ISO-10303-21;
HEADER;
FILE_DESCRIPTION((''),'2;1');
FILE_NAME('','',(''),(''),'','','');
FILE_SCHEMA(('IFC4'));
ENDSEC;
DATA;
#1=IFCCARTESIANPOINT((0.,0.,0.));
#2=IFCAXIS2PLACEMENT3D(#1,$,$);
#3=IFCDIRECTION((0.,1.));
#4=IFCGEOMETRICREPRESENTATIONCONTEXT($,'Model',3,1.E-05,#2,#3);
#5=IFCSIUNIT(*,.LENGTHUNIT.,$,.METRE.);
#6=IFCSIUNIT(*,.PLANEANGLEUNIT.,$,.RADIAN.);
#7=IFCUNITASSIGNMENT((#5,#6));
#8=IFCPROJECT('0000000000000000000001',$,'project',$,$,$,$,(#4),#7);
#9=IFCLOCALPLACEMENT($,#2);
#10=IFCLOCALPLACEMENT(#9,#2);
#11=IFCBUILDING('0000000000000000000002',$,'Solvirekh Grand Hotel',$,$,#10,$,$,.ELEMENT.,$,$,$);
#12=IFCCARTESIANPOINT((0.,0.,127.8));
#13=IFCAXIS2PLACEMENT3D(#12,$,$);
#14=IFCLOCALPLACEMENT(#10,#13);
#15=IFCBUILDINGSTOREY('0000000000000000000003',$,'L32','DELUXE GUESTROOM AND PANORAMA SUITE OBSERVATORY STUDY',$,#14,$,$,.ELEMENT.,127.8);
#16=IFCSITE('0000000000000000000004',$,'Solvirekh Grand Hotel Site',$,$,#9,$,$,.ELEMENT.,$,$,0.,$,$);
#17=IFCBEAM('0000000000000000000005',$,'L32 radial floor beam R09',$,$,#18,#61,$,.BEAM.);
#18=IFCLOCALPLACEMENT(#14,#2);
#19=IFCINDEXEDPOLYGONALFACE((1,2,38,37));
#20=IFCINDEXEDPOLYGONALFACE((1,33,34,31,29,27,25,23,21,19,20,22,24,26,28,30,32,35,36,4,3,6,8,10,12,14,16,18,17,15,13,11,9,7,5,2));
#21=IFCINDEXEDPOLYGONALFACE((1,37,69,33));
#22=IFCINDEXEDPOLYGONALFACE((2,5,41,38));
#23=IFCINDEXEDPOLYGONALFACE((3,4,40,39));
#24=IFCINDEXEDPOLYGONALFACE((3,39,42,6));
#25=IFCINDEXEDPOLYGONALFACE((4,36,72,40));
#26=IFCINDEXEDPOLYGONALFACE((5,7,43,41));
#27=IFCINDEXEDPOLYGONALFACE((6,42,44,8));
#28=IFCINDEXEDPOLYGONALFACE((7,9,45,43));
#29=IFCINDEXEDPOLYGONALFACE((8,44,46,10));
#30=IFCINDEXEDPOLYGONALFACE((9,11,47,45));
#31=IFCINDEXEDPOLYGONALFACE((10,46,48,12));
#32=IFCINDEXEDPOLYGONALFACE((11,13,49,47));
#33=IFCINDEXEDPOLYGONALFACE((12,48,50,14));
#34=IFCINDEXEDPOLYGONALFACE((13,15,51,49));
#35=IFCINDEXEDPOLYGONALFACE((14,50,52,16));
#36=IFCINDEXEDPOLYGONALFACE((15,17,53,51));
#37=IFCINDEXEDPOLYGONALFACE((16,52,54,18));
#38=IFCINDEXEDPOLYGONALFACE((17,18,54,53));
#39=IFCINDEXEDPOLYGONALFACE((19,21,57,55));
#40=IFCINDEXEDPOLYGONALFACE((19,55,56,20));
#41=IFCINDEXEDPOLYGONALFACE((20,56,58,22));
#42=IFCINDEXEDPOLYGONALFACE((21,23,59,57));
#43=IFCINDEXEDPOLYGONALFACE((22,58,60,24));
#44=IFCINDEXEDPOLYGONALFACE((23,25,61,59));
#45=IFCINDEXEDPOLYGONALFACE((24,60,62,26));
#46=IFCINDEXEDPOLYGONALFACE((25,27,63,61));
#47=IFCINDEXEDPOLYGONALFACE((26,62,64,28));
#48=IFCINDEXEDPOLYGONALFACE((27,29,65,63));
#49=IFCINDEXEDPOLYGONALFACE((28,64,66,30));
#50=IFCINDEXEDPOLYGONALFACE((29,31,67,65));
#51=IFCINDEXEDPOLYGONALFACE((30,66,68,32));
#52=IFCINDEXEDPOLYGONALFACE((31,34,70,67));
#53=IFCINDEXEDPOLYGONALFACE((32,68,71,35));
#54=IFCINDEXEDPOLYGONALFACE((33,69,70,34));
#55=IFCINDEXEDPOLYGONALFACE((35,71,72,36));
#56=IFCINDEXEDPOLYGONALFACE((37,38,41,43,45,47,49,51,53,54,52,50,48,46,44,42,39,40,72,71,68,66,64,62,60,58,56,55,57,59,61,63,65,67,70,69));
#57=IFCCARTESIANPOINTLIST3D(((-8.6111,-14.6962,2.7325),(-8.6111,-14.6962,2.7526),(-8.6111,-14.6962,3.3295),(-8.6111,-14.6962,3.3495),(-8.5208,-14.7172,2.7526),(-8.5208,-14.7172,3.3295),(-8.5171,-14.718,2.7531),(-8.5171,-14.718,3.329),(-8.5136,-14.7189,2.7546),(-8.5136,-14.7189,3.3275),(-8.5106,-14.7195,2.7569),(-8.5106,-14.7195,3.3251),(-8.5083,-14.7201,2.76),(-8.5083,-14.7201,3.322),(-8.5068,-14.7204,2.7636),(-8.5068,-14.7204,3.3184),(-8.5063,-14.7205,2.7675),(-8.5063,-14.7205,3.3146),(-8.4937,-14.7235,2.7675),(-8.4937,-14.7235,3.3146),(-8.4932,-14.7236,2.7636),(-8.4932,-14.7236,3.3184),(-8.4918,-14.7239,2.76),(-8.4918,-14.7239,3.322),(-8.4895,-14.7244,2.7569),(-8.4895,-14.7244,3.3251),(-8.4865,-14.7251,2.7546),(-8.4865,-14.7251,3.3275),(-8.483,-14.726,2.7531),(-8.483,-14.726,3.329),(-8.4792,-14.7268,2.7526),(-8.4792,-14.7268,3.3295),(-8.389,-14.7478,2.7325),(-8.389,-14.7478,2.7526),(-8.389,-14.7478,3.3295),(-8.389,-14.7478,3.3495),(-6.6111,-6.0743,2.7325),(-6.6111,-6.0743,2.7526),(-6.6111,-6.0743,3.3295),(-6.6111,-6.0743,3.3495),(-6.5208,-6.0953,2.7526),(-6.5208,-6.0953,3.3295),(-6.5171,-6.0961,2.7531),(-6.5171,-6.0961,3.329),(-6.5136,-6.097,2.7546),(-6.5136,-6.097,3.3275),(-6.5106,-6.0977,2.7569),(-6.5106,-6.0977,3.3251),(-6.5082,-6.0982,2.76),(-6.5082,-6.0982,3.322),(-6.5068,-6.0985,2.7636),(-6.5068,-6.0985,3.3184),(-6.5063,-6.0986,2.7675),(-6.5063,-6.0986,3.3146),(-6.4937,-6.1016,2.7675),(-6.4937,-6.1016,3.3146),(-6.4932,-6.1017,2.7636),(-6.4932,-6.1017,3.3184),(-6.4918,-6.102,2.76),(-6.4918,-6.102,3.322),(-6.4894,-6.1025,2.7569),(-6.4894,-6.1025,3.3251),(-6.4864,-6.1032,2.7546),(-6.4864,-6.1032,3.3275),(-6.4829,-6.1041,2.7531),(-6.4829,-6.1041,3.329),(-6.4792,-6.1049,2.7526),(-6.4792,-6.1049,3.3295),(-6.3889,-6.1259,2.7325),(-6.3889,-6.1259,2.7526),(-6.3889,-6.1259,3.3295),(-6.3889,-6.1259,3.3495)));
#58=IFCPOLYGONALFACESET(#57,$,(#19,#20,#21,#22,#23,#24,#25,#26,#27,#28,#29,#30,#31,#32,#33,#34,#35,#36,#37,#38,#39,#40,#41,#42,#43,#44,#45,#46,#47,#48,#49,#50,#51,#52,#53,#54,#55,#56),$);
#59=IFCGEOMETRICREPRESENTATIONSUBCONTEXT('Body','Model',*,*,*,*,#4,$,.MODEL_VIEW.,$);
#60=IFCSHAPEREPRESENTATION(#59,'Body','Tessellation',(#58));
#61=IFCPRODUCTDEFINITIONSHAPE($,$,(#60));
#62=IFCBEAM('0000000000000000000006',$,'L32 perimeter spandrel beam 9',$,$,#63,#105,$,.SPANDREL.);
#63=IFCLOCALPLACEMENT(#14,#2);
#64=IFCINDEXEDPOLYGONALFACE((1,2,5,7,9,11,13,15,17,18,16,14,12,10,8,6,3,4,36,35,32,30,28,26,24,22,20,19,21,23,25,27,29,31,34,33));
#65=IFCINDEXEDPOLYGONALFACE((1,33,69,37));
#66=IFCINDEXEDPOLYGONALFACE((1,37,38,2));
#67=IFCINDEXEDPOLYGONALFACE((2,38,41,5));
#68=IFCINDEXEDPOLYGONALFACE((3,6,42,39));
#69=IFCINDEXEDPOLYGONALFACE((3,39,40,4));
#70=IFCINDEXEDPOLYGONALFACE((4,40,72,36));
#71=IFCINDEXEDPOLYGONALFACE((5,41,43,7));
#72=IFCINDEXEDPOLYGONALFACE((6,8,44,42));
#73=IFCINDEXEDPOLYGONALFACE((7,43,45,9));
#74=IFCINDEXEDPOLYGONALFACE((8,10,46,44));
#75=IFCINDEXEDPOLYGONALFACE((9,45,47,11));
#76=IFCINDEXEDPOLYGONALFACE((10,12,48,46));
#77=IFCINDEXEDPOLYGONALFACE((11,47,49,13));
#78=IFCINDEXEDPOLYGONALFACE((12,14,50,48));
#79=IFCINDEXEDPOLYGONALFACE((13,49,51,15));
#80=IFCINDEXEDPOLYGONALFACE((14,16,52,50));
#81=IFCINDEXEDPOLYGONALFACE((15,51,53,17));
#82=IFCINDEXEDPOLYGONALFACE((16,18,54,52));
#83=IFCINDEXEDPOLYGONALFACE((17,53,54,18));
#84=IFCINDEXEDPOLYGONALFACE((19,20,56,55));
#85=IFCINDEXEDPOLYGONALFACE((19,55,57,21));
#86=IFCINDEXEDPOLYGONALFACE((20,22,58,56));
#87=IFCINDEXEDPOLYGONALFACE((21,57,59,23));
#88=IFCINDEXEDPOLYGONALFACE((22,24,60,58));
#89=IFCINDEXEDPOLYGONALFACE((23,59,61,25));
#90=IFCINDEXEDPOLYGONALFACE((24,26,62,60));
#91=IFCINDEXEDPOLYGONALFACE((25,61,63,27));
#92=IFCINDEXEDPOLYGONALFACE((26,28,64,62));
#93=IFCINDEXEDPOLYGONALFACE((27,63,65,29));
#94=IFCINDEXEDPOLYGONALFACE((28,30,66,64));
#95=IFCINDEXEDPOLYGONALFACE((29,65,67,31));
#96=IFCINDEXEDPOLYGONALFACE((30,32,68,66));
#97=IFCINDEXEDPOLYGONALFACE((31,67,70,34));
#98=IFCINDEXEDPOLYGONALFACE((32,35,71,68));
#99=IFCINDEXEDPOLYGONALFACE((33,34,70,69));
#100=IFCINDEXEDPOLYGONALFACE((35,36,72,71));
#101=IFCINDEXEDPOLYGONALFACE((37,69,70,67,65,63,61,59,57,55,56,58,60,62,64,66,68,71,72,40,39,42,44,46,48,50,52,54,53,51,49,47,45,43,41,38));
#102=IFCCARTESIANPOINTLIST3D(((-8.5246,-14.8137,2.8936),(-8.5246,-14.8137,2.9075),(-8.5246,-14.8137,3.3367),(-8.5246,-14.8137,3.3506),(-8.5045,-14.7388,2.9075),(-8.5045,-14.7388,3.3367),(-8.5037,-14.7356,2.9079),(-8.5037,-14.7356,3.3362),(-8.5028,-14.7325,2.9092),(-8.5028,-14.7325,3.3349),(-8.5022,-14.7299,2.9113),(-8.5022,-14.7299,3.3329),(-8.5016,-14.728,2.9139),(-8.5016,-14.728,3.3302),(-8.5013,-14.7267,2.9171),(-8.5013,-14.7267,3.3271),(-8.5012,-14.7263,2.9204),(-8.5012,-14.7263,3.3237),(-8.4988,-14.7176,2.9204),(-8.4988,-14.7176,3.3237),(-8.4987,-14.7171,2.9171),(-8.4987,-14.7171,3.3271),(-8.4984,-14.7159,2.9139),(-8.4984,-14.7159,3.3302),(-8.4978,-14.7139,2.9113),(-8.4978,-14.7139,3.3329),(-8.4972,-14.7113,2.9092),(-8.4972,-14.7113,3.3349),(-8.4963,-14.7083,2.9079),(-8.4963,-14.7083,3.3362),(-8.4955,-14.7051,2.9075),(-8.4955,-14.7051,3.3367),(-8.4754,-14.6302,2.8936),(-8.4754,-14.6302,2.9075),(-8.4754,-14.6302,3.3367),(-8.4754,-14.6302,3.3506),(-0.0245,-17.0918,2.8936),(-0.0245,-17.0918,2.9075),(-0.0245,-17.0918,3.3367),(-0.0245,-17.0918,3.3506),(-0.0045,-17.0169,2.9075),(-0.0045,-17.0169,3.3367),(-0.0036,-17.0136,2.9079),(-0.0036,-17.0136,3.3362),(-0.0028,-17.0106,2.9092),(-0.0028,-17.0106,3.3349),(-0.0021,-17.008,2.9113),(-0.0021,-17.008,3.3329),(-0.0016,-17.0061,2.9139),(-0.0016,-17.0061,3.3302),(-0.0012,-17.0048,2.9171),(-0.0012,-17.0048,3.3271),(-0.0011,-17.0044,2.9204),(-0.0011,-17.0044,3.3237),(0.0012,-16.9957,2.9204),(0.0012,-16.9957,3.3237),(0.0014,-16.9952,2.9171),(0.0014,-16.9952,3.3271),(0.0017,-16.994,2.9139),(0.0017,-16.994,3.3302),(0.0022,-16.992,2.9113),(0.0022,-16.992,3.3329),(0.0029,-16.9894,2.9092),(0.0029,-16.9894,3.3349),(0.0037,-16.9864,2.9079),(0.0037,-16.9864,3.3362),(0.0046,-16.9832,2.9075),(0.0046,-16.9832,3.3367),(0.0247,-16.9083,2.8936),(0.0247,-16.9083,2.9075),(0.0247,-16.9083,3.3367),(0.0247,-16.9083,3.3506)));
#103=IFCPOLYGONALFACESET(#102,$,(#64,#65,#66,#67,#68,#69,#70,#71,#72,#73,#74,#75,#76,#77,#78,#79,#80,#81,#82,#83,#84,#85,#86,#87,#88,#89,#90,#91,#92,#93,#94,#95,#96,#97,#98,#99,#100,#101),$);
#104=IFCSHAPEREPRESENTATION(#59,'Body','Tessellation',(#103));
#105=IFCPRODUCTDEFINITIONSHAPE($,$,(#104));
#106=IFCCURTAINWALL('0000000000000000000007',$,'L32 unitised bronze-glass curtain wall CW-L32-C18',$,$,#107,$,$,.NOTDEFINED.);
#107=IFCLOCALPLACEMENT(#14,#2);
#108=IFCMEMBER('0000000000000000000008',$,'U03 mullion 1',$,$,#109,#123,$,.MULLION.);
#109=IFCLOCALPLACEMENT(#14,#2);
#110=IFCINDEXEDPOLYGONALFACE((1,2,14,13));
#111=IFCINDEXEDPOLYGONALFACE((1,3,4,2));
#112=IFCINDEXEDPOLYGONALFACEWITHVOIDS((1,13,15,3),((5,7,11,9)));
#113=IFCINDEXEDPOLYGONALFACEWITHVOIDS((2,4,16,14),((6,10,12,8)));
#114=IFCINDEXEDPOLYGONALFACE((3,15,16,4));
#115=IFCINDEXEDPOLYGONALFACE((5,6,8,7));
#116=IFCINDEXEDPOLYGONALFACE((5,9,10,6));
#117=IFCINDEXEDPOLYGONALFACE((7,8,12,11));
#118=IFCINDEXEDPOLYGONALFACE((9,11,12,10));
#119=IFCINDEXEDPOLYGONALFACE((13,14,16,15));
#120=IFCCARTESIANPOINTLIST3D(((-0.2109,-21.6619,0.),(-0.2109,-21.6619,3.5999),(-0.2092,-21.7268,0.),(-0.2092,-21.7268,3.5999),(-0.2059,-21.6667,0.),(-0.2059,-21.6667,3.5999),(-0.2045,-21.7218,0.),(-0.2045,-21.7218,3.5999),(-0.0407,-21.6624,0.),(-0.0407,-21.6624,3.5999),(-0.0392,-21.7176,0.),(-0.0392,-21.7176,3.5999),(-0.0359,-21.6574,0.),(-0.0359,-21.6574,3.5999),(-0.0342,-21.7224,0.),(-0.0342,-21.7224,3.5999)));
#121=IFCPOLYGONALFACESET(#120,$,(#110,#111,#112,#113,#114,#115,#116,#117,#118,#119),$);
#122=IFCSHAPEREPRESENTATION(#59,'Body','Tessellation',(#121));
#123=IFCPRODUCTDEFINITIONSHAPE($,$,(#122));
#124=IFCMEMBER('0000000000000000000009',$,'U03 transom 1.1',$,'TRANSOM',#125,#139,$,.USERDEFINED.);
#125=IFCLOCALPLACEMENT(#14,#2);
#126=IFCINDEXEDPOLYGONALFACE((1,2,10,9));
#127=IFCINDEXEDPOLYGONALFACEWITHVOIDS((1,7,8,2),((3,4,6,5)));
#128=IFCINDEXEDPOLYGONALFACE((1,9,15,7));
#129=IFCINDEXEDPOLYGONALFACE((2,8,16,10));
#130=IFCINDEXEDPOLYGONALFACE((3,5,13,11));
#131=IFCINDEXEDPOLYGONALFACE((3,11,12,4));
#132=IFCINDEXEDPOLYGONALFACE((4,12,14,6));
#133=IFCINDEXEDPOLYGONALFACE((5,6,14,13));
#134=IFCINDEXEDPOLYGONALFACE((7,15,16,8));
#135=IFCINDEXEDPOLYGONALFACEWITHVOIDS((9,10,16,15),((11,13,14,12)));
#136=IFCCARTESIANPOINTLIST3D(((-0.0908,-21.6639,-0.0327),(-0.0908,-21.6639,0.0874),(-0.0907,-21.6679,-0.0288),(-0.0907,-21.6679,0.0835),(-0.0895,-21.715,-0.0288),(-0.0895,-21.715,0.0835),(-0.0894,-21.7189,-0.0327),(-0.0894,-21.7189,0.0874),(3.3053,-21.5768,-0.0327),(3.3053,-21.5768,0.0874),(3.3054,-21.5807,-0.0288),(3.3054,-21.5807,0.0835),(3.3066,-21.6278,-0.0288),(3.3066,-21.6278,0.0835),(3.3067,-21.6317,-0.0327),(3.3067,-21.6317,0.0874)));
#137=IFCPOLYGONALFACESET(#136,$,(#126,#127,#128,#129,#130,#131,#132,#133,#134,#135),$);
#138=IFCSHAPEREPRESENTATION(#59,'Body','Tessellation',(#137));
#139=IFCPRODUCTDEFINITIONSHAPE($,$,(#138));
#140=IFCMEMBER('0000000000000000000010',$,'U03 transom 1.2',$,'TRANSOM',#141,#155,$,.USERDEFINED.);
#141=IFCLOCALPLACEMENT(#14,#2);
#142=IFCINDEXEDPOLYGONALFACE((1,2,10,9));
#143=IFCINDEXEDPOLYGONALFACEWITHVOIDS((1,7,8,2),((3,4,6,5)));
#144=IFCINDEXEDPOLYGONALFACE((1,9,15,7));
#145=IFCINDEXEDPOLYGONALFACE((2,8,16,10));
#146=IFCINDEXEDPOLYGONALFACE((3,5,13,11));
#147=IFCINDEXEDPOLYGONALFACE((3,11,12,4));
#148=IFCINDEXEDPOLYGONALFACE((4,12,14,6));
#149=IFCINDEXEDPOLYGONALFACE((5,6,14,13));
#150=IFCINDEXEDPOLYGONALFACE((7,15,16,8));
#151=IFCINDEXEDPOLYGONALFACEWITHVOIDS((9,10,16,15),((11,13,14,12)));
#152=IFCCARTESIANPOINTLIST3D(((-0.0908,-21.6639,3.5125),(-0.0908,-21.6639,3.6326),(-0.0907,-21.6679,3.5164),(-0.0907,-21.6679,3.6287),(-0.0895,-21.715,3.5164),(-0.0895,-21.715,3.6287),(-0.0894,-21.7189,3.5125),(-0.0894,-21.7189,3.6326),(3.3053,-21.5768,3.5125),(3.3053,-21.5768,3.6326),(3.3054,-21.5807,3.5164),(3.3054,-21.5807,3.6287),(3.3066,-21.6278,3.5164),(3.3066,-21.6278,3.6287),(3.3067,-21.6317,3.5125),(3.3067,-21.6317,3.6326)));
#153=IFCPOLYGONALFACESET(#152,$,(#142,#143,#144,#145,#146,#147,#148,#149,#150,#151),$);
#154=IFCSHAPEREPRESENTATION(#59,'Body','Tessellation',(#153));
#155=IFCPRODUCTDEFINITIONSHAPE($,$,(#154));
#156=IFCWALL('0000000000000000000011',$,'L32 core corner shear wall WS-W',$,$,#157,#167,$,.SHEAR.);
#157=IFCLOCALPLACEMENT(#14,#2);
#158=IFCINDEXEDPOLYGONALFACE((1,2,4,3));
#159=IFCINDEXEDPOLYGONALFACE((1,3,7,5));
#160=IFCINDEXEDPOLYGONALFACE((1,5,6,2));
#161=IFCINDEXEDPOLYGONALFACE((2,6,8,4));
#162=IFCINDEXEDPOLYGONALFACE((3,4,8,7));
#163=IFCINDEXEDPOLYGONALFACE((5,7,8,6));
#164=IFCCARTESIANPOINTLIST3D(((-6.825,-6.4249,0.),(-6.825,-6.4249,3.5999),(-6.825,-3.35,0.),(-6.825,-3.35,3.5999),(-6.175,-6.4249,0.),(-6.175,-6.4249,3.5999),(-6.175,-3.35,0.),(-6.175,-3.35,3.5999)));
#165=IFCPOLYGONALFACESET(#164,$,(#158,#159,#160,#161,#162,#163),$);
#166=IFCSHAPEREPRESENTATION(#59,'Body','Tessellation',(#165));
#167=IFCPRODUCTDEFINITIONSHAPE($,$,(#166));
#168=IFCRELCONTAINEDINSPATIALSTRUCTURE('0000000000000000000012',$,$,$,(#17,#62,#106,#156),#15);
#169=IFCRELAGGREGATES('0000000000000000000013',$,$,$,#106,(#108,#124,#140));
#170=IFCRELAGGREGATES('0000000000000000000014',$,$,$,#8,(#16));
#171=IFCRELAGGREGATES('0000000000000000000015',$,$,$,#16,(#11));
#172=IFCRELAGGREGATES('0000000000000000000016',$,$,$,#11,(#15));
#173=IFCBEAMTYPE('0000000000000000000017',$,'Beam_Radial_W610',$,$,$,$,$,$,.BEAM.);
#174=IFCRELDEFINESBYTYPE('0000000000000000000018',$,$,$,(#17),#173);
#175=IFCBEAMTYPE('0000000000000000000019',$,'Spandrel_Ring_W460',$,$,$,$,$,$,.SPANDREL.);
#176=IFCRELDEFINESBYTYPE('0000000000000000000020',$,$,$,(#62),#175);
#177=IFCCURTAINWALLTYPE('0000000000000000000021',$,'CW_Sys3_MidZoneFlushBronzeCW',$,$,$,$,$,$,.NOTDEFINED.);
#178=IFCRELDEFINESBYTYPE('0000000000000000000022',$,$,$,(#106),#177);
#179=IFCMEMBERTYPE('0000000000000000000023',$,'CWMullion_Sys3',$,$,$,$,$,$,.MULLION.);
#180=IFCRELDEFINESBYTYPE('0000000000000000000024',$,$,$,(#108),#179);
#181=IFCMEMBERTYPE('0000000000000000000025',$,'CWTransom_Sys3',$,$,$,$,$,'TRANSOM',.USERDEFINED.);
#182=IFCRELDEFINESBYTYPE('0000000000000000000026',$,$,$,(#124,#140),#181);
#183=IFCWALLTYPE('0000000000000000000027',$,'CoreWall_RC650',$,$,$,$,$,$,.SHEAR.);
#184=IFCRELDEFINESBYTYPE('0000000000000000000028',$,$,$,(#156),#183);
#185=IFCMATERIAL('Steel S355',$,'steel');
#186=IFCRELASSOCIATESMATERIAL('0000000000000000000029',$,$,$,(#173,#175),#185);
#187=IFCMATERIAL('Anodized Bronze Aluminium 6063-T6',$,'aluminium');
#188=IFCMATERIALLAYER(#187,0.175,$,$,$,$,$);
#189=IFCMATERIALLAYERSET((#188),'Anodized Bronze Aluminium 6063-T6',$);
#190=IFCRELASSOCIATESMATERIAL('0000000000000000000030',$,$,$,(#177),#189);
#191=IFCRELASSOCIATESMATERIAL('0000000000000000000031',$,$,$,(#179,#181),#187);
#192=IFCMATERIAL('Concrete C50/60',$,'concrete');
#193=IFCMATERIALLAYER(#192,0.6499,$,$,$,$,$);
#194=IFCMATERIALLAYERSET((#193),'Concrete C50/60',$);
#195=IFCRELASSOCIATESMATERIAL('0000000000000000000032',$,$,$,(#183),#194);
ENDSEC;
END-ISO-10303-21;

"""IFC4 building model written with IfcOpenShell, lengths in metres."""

from ifc_helpers import new_model, si_unit, direction, frame, frame_2d, origin, origin_2d, place, context, subcontext, project, spatial, rectangle, hollow_rectangle, i_section, extrude, source, transform, mapped, material, layer, layer_set, material_profile, profile_set, type_object, element, aggregate, save


model = new_model("IFC4")

# Units and contexts
model_context = context("Model", 3, precision=1e-05, world=origin(), true_north=direction((0.0, 1.0)))
body_context = subcontext(model_context, "Body", "Model", "MODEL_VIEW")
ifc_project = project(units=[si_unit("LENGTHUNIT", "METRE"), si_unit("PLANEANGLEUNIT", "RADIAN")], contexts=[model_context])

# Site, building, storey
site_placement = place(None, origin())
site = spatial("IfcSite", under=ifc_project, at=site_placement, Name="Solvirekh Grand Hotel Site", CompositionType="ELEMENT", RefElevation=0.0)
building_placement = place(site_placement, origin())
building = spatial("IfcBuilding", under=site, at=building_placement, Name="Solvirekh Grand Hotel", CompositionType="ELEMENT")
storey_placement = place(building_placement, frame((0.0, 0.0, 127.8)))
storey = spatial("IfcBuildingStorey", under=building, at=storey_placement, Name="L32", Description="DELUXE GUESTROOM AND PANORAMA SUITE OBSERVATORY STUDY", CompositionType="ELEMENT", Elevation=127.8)

# Shared definitions
ifc_material_1 = material(Name="Concrete C50/60", Category="concrete")

# Beams
ifc_material_2 = material(Name="Steel S355", Category="steel")
ifc_material_profile_1 = material_profile(ifc_material_2, i_section(OverallWidth=0.228, OverallDepth=0.6169, WebThickness=0.0129, FlangeThickness=0.02, FilletRadius=0.0149, at=origin_2d()), Name="W610X140")
ifc_profile_set_1 = profile_set([ifc_material_profile_1], Name="Steel S355")
beam_type_1 = type_object("IfcBeamType", Name="Beam_Radial_W610", PredefinedType="BEAM", material=ifc_profile_set_1)
beam_1_placement = place(storey_placement, frame((-6.5, -6.1001, 3.041), z_axis=(-0.225969, -0.974134, 0.0), x_axis=(0.974134, -0.225969, 0.0)))
element("IfcBeam", 1, at=beam_1_placement, inside=storey, type_object=beam_type_1, Name="L32 radial floor beam R09", PredefinedType="BEAM", context=body_context, shape_type="SweptSolid", body=[
    extrude(i_section(OverallWidth=0.228, OverallDepth=0.6169, WebThickness=0.0129, FlangeThickness=0.02, FilletRadius=0.0149, at=origin_2d()), origin(), (0.0, 0.0, 1.0), 8.8508),
])
ifc_material_profile_2 = material_profile(ifc_material_2, i_section(OverallWidth=0.1899, OverallDepth=0.457, WebThickness=0.009, FlangeThickness=0.0139, FilletRadius=0.0129, at=origin_2d()), Name="W460X74")
ifc_profile_set_2 = profile_set([ifc_material_profile_2], Name="Steel S355")
beam_type_2 = type_object("IfcBeamType", Name="Spandrel_Ring_W460", PredefinedType="SPANDREL", material=ifc_profile_set_2)
beam_2_placement = place(storey_placement, frame((-8.5, -14.7219, 3.1221), z_axis=(0.965911, -0.258873, 0.0), x_axis=(0.258873, 0.965911, 0.0)))
element("IfcBeam", 2, at=beam_2_placement, inside=storey, type_object=beam_type_2, Name="L32 perimeter spandrel beam 9", PredefinedType="SPANDREL", context=body_context, shape_type="SweptSolid", body=[
    extrude(i_section(OverallWidth=0.1899, OverallDepth=0.457, WebThickness=0.009, FlangeThickness=0.0139, FilletRadius=0.0129, at=origin_2d()), origin(), (0.0, 0.0, 1.0), 8.8),
])

# Curtain wall, members
ifc_material_3 = material(Name="Anodized Bronze Aluminium 6063-T6", Category="aluminium")
ifc_layer_1 = layer(ifc_material_3, 0.175)
ifc_layer_set_1 = layer_set([ifc_layer_1], Name="Anodized Bronze Aluminium 6063-T6")
curtain_wall_type = type_object("IfcCurtainWallType", Name="CW_Sys3_MidZoneFlushBronzeCW", PredefinedType="NOTDEFINED", material=ifc_layer_set_1)
curtain_wall_placement = place(storey_placement, origin())
curtain_wall = element("IfcCurtainWall", 3, at=curtain_wall_placement, inside=storey, type_object=curtain_wall_type, Name="L32 unitised bronze-glass curtain wall CW-L32-C18", PredefinedType="NOTDEFINED")
ifc_material_profile_3 = material_profile(ifc_material_3, hollow_rectangle(XDim=0.0649, YDim=0.175, WallThickness=0.0049, at=origin_2d()), Name="ALU RHS 175X65X5")
ifc_profile_set_3 = profile_set([ifc_material_profile_3], Name="Anodized Bronze Aluminium 6063-T6")
member_type_1 = type_object("IfcMemberType", Name="CWMullion_Sys3", PredefinedType="MULLION", material=ifc_profile_set_3)
shared_shape_1 = source(origin(), body_context, "Body", "SweptSolid", [
    extrude(hollow_rectangle(XDim=0.0649, YDim=0.175, WallThickness=0.0049, at=origin_2d()), origin(), (0.0, 0.0, 1.0), 3.5999),
])
member_1_placement = place(storey_placement, frame((-0.1226, -21.6921, 0.0), z_axis=(0.0, 0.0, 1.0), x_axis=(-0.025611, 0.999672, 0.0)))
member_1 = element("IfcMember", 4, at=member_1_placement, type_object=member_type_1, Name="U03 mullion 1", PredefinedType="MULLION", context=body_context, shape_type="MappedRepresentation", body=[
    mapped(shared_shape_1, transform((0.0, 0.0, 0.0), x_axis=(1.0, 0.0, 0.0), y_axis=(0.0, 1.0, 0.0), z_axis=(0.0, 0.0, 1.0), scale=1.0)),
])
ifc_material_profile_4 = material_profile(ifc_material_3, hollow_rectangle(XDim=0.0549, YDim=0.1201, WallThickness=0.0039, at=origin_2d()), Name="ALU RHS 120X55X4")
ifc_profile_set_4 = profile_set([ifc_material_profile_4], Name="Anodized Bronze Aluminium 6063-T6")
member_type_2 = type_object("IfcMemberType", Name="CWTransom_Sys3", ElementType="TRANSOM", PredefinedType="USERDEFINED", material=ifc_profile_set_4)
shared_shape_2 = source(origin(), body_context, "Body", "SweptSolid", [
    extrude(hollow_rectangle(XDim=0.0549, YDim=0.1201, WallThickness=0.0039, at=origin_2d()), origin(), (0.0, 0.0, 1.0), 3.3972),
])
member_2_placement = place(storey_placement, frame((-0.0901, -21.6914, 0.0273), z_axis=(0.999671, 0.025657, 0.0), x_axis=(-0.025657, 0.999671, 0.0)))
member_2 = element("IfcMember", 5, at=member_2_placement, type_object=member_type_2, Name="U03 transom 1.1", ObjectType="TRANSOM", PredefinedType="USERDEFINED", context=body_context, shape_type="MappedRepresentation", body=[
    mapped(shared_shape_2, transform((0.0, 0.0, 0.0), x_axis=(1.0, 0.0, 0.0), y_axis=(0.0, 1.0, 0.0), z_axis=(0.0, 0.0, 1.0), scale=1.0)),
])
member_3_placement = place(storey_placement, frame((-0.0901, -21.6914, 3.5725), z_axis=(0.999671, 0.025657, 0.0), x_axis=(-0.025657, 0.999671, 0.0)))
member_3 = element("IfcMember", 6, at=member_3_placement, type_object=member_type_2, Name="U03 transom 1.2", ObjectType="TRANSOM", PredefinedType="USERDEFINED", context=body_context, shape_type="MappedRepresentation", body=[
    mapped(shared_shape_2, transform((0.0, 0.0, 0.0), x_axis=(1.0, 0.0, 0.0), y_axis=(0.0, 1.0, 0.0), z_axis=(0.0, 0.0, 1.0), scale=1.0)),
])
aggregate(curtain_wall, [member_1, member_2, member_3])

# Wall
ifc_layer_2 = layer(ifc_material_1, 0.6499)
ifc_layer_set_2 = layer_set([ifc_layer_2], Name="Concrete C50/60")
wall_type_1 = type_object("IfcWallType", Name="CoreWall_RC650", PredefinedType="SHEAR", material=ifc_layer_set_2)
wall_1_placement = place(storey_placement, frame((-6.5, -6.425, 0.0), z_axis=(0.0, 0.0, 1.0), x_axis=(0.0, 1.0, 0.0)))
element("IfcWall", 7, at=wall_1_placement, inside=storey, type_object=wall_type_1, Name="L32 core corner shear wall WS-W", PredefinedType="SHEAR", context=body_context, shape_type="SweptSolid", body=[
    extrude(rectangle(XDim=3.075, YDim=0.6499, at=frame_2d((1.5376, 0.0))), origin(), (0.0, 0.0, 1.0), 3.5999),
])

save(model, "model.ifc")
